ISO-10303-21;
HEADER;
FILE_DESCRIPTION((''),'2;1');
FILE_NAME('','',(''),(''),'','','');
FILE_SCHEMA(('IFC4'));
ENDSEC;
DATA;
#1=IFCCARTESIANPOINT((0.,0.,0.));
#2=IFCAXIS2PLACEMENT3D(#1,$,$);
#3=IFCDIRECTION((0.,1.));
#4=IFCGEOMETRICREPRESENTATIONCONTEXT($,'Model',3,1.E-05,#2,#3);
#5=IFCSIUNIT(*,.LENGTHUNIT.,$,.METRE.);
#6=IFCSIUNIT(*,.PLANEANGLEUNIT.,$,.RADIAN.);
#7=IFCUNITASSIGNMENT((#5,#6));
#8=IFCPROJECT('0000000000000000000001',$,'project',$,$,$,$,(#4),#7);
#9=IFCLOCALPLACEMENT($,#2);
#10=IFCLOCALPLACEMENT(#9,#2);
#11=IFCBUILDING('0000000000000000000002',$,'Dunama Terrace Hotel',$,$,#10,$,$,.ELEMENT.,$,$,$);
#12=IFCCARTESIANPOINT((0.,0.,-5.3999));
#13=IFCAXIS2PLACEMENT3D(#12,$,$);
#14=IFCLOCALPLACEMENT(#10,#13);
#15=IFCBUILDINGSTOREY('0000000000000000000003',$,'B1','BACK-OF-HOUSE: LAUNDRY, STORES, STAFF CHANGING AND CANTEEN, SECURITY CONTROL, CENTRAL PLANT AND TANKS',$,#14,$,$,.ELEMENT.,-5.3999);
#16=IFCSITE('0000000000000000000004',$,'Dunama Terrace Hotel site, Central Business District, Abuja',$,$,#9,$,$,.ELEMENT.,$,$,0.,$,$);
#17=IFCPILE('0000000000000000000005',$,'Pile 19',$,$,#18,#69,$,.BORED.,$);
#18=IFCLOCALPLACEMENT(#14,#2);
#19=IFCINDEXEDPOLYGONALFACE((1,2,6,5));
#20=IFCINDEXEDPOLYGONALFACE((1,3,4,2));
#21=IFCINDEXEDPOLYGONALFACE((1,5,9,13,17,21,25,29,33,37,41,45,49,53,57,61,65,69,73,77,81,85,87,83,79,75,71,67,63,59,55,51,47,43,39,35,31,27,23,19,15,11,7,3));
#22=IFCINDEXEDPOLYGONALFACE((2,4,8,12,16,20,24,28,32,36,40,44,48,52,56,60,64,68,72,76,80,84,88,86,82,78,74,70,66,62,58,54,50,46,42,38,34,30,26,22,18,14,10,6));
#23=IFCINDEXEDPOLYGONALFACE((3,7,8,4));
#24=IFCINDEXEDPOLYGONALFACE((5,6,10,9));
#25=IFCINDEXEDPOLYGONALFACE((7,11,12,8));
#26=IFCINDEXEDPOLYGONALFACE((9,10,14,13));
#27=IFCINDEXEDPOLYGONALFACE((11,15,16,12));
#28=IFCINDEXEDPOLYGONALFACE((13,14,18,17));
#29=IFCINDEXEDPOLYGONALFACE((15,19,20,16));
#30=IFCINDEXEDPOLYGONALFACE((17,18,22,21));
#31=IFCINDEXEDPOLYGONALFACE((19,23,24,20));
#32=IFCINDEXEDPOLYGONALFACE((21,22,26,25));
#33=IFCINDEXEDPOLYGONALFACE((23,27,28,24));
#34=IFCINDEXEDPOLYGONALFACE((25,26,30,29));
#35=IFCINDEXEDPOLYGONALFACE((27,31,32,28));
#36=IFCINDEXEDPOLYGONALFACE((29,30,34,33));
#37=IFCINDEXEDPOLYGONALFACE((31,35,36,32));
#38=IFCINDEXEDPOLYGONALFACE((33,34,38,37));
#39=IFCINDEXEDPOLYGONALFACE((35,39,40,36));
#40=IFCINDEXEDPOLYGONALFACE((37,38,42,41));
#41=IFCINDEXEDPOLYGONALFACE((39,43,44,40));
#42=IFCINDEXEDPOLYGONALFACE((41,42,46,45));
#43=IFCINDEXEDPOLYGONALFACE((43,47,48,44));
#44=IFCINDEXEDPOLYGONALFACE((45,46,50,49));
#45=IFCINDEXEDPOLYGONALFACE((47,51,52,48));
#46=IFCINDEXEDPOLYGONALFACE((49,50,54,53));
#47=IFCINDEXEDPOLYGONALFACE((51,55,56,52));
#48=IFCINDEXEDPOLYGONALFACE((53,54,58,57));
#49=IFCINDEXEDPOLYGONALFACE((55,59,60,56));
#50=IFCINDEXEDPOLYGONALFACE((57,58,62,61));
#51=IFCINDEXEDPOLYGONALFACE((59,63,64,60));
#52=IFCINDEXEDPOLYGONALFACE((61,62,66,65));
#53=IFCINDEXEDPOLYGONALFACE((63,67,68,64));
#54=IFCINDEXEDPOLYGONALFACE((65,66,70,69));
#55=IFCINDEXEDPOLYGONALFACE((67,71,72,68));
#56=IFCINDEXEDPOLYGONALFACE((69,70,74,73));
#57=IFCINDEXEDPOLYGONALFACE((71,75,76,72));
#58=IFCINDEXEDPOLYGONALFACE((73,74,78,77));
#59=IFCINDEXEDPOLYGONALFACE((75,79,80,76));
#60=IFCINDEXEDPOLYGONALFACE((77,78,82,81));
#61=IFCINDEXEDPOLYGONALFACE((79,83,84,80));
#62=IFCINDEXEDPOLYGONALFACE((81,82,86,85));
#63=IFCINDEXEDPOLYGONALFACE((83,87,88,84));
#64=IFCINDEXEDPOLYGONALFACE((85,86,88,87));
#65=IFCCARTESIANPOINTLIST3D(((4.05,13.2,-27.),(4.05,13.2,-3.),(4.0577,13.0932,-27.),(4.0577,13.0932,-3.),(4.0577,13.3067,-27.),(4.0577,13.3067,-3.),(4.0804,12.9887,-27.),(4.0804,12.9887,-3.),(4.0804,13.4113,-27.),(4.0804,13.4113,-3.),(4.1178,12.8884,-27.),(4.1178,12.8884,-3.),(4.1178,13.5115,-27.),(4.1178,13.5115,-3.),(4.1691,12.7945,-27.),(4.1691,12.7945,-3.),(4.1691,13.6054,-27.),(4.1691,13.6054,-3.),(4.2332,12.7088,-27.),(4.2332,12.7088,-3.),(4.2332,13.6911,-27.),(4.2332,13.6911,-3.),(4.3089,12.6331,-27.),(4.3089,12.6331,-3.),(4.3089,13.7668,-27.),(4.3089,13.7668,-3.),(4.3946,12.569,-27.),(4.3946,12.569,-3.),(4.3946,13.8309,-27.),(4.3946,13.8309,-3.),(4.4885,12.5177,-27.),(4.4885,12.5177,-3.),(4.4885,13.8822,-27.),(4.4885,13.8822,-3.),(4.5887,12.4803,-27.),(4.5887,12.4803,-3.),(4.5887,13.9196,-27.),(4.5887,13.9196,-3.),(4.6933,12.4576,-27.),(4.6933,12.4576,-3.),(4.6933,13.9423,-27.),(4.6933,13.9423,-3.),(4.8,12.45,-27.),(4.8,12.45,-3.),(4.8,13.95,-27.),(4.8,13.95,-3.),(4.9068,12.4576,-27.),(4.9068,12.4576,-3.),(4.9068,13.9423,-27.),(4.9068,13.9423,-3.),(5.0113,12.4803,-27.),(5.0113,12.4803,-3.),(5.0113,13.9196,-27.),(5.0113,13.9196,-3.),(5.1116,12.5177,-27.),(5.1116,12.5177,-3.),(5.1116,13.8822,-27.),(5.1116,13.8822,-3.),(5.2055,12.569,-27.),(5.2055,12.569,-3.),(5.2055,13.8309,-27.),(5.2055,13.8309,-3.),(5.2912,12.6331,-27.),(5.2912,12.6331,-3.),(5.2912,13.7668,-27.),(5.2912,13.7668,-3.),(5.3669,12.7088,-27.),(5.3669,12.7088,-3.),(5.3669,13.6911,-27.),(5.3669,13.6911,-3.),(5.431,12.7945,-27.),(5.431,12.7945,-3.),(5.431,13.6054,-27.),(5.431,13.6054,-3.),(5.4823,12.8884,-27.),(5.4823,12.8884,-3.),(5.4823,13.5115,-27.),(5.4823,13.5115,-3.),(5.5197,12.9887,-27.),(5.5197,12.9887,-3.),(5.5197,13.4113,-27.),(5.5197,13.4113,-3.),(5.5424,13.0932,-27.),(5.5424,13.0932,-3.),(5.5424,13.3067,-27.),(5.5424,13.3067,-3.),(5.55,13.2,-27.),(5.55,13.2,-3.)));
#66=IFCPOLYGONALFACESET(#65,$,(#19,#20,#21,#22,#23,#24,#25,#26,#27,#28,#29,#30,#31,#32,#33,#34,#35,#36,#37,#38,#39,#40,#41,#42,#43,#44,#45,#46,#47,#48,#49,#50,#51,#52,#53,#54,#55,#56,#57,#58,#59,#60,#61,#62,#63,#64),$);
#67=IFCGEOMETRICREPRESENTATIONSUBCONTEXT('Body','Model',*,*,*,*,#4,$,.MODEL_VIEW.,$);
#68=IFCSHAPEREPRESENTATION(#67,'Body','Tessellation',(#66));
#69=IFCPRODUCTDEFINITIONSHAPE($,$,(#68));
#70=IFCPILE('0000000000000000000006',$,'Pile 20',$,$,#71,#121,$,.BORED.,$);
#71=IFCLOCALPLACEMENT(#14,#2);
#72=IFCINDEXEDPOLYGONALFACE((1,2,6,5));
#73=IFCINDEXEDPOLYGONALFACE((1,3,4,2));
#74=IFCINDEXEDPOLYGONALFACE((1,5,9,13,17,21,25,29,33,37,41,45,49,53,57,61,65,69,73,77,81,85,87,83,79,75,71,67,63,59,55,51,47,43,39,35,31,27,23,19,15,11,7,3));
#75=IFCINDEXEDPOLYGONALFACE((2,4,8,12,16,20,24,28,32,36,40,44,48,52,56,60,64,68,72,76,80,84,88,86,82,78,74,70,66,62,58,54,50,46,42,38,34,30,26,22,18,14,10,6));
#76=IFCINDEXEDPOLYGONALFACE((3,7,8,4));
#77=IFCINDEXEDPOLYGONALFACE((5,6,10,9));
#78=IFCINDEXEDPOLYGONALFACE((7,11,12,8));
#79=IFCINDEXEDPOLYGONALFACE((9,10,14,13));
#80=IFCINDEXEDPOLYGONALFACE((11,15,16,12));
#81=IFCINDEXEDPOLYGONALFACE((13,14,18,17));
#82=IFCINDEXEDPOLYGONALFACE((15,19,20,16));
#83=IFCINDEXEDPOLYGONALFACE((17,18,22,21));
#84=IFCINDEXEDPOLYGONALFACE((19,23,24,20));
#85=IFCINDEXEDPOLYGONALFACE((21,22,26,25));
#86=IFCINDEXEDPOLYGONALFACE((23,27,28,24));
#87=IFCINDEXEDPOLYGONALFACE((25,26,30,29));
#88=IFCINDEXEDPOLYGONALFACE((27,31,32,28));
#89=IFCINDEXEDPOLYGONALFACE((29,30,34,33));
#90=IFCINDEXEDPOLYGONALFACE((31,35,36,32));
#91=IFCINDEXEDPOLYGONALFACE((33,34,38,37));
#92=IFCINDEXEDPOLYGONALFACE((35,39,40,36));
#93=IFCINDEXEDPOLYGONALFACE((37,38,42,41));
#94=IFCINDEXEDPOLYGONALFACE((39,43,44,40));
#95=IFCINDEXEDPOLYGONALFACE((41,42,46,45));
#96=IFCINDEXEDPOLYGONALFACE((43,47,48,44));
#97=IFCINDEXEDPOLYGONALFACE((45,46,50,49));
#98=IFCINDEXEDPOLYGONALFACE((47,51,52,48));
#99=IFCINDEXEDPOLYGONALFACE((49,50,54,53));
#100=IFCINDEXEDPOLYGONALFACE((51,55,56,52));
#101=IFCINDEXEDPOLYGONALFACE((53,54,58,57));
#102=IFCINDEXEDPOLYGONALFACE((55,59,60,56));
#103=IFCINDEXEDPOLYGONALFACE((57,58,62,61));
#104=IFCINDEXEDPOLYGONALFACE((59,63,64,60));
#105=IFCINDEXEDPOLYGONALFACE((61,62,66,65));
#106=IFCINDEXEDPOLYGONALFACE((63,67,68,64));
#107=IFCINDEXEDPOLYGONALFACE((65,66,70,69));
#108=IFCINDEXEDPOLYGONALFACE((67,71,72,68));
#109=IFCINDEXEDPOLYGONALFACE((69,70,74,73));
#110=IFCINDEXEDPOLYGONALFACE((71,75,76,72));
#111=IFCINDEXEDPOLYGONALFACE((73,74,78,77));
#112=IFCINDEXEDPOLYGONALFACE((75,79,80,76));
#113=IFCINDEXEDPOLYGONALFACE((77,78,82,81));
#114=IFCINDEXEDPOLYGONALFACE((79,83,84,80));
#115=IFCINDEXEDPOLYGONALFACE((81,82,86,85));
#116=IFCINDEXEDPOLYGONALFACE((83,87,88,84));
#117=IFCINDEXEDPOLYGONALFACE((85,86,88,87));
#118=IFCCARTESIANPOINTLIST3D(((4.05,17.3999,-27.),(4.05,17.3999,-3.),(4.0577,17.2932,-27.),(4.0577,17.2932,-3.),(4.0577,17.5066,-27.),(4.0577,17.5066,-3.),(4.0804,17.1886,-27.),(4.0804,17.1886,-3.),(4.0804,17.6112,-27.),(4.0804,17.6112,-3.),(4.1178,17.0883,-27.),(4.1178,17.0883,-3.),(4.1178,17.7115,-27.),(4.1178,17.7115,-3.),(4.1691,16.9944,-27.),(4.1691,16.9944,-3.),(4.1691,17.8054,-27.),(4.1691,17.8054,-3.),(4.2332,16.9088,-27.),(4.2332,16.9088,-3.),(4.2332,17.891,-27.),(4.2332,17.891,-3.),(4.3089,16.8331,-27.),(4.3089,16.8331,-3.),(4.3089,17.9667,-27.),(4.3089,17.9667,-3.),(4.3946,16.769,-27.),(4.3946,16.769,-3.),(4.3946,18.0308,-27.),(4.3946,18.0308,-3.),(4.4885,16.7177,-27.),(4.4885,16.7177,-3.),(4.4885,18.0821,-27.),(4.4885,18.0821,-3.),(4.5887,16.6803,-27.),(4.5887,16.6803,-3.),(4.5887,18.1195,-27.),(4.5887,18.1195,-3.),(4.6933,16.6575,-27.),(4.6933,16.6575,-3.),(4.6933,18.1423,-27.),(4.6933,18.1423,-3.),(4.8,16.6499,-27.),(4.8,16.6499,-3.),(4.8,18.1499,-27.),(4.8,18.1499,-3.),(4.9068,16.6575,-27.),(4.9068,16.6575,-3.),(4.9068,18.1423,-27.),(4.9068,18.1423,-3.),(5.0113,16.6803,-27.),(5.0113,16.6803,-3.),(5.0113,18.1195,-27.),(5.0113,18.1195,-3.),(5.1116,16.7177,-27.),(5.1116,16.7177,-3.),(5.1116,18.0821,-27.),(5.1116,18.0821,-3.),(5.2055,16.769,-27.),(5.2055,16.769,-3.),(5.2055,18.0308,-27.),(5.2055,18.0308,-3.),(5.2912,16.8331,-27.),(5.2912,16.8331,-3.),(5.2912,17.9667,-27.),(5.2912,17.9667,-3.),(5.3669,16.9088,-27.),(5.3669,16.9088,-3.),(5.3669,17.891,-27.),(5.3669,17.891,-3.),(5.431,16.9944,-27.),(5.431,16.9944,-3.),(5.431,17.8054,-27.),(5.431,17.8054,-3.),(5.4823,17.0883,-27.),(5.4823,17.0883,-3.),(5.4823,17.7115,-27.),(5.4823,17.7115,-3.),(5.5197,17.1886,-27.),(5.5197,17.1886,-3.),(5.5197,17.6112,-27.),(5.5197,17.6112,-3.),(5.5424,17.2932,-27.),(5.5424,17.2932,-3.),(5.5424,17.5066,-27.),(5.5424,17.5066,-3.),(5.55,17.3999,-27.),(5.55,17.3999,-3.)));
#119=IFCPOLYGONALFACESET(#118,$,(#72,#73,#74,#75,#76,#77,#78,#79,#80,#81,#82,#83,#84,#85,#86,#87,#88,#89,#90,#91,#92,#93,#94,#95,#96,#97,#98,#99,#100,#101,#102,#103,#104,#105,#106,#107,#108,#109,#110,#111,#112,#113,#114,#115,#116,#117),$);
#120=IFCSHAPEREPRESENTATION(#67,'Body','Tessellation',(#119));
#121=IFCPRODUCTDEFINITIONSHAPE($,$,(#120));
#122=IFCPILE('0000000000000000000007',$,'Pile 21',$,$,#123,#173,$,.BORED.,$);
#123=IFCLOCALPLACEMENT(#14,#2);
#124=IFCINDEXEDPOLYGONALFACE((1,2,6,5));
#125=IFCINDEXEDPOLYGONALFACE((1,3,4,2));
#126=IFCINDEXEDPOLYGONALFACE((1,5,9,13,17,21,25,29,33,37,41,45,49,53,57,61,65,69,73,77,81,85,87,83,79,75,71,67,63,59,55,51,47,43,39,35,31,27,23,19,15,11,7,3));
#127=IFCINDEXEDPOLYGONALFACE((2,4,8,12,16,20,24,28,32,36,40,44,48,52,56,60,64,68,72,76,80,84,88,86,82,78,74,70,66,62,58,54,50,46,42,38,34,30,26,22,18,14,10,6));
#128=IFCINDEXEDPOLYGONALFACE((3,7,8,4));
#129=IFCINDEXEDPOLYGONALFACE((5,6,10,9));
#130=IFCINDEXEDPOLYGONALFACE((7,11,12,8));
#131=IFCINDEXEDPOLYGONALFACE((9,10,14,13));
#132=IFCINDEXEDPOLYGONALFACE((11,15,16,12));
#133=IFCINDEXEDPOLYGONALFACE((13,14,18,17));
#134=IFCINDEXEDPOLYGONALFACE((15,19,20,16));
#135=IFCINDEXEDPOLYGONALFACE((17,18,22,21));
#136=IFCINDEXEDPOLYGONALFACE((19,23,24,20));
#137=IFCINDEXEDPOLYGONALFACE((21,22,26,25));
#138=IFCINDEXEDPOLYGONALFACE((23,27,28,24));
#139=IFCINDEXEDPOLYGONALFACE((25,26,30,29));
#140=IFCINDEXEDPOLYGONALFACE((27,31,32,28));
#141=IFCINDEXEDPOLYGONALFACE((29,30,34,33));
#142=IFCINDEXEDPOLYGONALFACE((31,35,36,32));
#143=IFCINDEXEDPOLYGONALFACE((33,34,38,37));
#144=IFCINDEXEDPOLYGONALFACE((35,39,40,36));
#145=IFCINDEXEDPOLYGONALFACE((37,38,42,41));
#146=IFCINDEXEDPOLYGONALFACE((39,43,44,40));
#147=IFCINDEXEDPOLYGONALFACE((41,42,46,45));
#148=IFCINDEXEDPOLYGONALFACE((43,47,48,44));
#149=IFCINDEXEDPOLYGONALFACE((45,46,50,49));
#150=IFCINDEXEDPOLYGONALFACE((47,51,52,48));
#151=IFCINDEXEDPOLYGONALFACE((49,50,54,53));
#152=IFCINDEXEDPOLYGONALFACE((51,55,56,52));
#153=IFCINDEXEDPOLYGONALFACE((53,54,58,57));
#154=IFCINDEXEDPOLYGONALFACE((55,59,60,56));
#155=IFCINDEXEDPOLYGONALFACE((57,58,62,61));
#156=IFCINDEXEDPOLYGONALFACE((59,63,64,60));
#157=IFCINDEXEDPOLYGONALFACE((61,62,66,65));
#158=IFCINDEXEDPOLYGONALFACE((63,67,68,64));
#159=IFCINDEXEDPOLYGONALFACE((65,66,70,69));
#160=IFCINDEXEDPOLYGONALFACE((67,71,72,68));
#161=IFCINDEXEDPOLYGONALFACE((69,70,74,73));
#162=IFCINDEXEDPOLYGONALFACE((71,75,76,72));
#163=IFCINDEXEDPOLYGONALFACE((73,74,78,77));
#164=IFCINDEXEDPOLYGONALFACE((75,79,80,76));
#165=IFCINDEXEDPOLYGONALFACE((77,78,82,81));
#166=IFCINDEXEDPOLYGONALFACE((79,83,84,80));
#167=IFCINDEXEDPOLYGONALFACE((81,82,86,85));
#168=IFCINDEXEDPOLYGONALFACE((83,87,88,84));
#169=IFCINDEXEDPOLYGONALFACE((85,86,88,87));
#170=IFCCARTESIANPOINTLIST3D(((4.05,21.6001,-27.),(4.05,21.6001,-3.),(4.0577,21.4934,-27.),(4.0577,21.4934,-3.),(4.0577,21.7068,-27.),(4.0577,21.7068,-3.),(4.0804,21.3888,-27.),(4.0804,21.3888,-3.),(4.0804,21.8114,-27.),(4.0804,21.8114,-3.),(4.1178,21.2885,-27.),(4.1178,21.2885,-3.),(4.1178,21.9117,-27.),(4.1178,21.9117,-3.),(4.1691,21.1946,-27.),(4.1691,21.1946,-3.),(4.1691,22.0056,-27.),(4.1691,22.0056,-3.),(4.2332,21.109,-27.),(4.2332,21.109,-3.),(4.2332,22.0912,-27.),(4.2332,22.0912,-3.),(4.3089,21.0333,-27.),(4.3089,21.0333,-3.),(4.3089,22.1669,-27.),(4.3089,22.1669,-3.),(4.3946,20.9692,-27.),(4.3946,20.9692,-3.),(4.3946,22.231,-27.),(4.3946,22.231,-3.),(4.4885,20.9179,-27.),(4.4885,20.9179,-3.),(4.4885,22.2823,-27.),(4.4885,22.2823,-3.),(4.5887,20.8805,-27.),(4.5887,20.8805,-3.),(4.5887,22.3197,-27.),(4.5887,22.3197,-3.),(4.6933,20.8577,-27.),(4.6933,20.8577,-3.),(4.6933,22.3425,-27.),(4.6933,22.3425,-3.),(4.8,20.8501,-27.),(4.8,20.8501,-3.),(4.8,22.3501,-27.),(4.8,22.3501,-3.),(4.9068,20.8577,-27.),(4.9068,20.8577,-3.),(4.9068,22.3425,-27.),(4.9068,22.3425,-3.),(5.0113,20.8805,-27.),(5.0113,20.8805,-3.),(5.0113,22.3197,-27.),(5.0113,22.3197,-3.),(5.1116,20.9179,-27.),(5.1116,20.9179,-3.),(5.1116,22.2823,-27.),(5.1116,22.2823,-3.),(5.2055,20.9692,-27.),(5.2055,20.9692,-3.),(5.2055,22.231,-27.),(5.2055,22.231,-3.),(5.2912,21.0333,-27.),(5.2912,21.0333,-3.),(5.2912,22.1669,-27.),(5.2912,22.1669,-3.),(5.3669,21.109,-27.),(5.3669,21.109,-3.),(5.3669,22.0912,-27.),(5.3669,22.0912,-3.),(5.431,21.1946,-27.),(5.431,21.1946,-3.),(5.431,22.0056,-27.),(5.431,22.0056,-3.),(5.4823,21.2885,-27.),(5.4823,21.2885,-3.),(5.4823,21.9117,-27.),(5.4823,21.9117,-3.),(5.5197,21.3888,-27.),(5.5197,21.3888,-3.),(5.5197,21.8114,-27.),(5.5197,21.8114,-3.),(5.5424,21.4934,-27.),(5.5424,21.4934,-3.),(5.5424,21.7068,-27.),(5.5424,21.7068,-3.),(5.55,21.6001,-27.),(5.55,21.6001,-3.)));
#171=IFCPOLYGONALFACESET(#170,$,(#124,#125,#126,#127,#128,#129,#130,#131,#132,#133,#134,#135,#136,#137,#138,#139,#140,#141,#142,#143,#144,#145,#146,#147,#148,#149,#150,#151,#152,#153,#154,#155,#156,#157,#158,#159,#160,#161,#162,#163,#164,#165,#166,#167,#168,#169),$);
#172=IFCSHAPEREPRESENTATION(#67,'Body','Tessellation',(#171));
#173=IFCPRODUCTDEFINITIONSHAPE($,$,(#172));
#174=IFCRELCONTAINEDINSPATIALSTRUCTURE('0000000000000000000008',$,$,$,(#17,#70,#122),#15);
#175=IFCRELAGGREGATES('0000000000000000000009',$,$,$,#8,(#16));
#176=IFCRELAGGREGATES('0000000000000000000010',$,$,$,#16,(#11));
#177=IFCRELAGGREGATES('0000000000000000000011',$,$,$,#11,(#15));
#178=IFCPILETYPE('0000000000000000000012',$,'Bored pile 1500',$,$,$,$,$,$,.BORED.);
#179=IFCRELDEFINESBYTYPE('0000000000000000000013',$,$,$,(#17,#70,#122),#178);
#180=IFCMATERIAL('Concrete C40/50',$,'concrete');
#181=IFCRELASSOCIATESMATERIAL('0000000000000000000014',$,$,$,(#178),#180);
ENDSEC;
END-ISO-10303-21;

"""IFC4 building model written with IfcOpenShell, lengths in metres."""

from ifc_helpers import new_model, si_unit, direction, frame, origin, origin_2d, place, context, subcontext, project, spatial, circle, extrude, material, material_profile, profile_set, type_object, element, save


model = new_model("IFC4")

# Units and contexts
model_context = context("Model", 3, precision=1e-05, world=origin(), true_north=direction((0.0, 1.0)))
body_context = subcontext(model_context, "Body", "Model", "MODEL_VIEW")
ifc_project = project(units=[si_unit("LENGTHUNIT", "METRE"), si_unit("PLANEANGLEUNIT", "RADIAN")], contexts=[model_context])

# Site, building, storey
site_placement = place(None, origin())
site = spatial("IfcSite", under=ifc_project, at=site_placement, Name="Dunama Terrace Hotel site, Central Business District, Abuja", CompositionType="ELEMENT", RefElevation=0.0)
building_placement = place(site_placement, origin())
building = spatial("IfcBuilding", under=site, at=building_placement, Name="Dunama Terrace Hotel", CompositionType="ELEMENT")
storey_placement = place(building_placement, frame((0.0, 0.0, -5.3999)))
storey = spatial("IfcBuildingStorey", under=building, at=storey_placement, Name="B1", Description="BACK-OF-HOUSE: LAUNDRY, STORES, STAFF CHANGING AND CANTEEN, SECURITY CONTROL, CENTRAL PLANT AND TANKS", CompositionType="ELEMENT", Elevation=-5.3999)

# Piles
ifc_material_1 = material(Name="Concrete C40/50", Category="concrete")
ifc_material_profile_1 = material_profile(ifc_material_1, circle(Radius=0.75, at=origin_2d()), Name="PILE D1500")
ifc_profile_set_1 = profile_set([ifc_material_profile_1], Name="Concrete C40/50")
pile_type = type_object("IfcPileType", Name="Bored pile 1500", PredefinedType="BORED", material=ifc_profile_set_1)
for number, where, z_axis, x_axis, name in (
    (1, (4.8, 13.2, -3.0), (0.0, 0.0, -1.0), (1.0, 0.0, 0.0), "Pile 19"),
    (2, (4.8, 17.3999, -3.0), (0.0, 0.0, -1.0), (1.0, 0.0, 0.0), "Pile 20"),
    (3, (4.8, 21.6001, -3.0), (0.0, 0.0, -1.0), (1.0, 0.0, 0.0), "Pile 21"),
):
    element("IfcPile", number, at=place(storey_placement, frame(where, z_axis=z_axis, x_axis=x_axis)), inside=storey, type_object=pile_type, Name=name, PredefinedType="BORED", context=body_context, shape_type="SweptSolid", body=[
        extrude(circle(Radius=0.75, at=origin_2d()), origin(), (0.0, 0.0, 1.0), 24.0),
    ])

save(model, "model.ifc")
